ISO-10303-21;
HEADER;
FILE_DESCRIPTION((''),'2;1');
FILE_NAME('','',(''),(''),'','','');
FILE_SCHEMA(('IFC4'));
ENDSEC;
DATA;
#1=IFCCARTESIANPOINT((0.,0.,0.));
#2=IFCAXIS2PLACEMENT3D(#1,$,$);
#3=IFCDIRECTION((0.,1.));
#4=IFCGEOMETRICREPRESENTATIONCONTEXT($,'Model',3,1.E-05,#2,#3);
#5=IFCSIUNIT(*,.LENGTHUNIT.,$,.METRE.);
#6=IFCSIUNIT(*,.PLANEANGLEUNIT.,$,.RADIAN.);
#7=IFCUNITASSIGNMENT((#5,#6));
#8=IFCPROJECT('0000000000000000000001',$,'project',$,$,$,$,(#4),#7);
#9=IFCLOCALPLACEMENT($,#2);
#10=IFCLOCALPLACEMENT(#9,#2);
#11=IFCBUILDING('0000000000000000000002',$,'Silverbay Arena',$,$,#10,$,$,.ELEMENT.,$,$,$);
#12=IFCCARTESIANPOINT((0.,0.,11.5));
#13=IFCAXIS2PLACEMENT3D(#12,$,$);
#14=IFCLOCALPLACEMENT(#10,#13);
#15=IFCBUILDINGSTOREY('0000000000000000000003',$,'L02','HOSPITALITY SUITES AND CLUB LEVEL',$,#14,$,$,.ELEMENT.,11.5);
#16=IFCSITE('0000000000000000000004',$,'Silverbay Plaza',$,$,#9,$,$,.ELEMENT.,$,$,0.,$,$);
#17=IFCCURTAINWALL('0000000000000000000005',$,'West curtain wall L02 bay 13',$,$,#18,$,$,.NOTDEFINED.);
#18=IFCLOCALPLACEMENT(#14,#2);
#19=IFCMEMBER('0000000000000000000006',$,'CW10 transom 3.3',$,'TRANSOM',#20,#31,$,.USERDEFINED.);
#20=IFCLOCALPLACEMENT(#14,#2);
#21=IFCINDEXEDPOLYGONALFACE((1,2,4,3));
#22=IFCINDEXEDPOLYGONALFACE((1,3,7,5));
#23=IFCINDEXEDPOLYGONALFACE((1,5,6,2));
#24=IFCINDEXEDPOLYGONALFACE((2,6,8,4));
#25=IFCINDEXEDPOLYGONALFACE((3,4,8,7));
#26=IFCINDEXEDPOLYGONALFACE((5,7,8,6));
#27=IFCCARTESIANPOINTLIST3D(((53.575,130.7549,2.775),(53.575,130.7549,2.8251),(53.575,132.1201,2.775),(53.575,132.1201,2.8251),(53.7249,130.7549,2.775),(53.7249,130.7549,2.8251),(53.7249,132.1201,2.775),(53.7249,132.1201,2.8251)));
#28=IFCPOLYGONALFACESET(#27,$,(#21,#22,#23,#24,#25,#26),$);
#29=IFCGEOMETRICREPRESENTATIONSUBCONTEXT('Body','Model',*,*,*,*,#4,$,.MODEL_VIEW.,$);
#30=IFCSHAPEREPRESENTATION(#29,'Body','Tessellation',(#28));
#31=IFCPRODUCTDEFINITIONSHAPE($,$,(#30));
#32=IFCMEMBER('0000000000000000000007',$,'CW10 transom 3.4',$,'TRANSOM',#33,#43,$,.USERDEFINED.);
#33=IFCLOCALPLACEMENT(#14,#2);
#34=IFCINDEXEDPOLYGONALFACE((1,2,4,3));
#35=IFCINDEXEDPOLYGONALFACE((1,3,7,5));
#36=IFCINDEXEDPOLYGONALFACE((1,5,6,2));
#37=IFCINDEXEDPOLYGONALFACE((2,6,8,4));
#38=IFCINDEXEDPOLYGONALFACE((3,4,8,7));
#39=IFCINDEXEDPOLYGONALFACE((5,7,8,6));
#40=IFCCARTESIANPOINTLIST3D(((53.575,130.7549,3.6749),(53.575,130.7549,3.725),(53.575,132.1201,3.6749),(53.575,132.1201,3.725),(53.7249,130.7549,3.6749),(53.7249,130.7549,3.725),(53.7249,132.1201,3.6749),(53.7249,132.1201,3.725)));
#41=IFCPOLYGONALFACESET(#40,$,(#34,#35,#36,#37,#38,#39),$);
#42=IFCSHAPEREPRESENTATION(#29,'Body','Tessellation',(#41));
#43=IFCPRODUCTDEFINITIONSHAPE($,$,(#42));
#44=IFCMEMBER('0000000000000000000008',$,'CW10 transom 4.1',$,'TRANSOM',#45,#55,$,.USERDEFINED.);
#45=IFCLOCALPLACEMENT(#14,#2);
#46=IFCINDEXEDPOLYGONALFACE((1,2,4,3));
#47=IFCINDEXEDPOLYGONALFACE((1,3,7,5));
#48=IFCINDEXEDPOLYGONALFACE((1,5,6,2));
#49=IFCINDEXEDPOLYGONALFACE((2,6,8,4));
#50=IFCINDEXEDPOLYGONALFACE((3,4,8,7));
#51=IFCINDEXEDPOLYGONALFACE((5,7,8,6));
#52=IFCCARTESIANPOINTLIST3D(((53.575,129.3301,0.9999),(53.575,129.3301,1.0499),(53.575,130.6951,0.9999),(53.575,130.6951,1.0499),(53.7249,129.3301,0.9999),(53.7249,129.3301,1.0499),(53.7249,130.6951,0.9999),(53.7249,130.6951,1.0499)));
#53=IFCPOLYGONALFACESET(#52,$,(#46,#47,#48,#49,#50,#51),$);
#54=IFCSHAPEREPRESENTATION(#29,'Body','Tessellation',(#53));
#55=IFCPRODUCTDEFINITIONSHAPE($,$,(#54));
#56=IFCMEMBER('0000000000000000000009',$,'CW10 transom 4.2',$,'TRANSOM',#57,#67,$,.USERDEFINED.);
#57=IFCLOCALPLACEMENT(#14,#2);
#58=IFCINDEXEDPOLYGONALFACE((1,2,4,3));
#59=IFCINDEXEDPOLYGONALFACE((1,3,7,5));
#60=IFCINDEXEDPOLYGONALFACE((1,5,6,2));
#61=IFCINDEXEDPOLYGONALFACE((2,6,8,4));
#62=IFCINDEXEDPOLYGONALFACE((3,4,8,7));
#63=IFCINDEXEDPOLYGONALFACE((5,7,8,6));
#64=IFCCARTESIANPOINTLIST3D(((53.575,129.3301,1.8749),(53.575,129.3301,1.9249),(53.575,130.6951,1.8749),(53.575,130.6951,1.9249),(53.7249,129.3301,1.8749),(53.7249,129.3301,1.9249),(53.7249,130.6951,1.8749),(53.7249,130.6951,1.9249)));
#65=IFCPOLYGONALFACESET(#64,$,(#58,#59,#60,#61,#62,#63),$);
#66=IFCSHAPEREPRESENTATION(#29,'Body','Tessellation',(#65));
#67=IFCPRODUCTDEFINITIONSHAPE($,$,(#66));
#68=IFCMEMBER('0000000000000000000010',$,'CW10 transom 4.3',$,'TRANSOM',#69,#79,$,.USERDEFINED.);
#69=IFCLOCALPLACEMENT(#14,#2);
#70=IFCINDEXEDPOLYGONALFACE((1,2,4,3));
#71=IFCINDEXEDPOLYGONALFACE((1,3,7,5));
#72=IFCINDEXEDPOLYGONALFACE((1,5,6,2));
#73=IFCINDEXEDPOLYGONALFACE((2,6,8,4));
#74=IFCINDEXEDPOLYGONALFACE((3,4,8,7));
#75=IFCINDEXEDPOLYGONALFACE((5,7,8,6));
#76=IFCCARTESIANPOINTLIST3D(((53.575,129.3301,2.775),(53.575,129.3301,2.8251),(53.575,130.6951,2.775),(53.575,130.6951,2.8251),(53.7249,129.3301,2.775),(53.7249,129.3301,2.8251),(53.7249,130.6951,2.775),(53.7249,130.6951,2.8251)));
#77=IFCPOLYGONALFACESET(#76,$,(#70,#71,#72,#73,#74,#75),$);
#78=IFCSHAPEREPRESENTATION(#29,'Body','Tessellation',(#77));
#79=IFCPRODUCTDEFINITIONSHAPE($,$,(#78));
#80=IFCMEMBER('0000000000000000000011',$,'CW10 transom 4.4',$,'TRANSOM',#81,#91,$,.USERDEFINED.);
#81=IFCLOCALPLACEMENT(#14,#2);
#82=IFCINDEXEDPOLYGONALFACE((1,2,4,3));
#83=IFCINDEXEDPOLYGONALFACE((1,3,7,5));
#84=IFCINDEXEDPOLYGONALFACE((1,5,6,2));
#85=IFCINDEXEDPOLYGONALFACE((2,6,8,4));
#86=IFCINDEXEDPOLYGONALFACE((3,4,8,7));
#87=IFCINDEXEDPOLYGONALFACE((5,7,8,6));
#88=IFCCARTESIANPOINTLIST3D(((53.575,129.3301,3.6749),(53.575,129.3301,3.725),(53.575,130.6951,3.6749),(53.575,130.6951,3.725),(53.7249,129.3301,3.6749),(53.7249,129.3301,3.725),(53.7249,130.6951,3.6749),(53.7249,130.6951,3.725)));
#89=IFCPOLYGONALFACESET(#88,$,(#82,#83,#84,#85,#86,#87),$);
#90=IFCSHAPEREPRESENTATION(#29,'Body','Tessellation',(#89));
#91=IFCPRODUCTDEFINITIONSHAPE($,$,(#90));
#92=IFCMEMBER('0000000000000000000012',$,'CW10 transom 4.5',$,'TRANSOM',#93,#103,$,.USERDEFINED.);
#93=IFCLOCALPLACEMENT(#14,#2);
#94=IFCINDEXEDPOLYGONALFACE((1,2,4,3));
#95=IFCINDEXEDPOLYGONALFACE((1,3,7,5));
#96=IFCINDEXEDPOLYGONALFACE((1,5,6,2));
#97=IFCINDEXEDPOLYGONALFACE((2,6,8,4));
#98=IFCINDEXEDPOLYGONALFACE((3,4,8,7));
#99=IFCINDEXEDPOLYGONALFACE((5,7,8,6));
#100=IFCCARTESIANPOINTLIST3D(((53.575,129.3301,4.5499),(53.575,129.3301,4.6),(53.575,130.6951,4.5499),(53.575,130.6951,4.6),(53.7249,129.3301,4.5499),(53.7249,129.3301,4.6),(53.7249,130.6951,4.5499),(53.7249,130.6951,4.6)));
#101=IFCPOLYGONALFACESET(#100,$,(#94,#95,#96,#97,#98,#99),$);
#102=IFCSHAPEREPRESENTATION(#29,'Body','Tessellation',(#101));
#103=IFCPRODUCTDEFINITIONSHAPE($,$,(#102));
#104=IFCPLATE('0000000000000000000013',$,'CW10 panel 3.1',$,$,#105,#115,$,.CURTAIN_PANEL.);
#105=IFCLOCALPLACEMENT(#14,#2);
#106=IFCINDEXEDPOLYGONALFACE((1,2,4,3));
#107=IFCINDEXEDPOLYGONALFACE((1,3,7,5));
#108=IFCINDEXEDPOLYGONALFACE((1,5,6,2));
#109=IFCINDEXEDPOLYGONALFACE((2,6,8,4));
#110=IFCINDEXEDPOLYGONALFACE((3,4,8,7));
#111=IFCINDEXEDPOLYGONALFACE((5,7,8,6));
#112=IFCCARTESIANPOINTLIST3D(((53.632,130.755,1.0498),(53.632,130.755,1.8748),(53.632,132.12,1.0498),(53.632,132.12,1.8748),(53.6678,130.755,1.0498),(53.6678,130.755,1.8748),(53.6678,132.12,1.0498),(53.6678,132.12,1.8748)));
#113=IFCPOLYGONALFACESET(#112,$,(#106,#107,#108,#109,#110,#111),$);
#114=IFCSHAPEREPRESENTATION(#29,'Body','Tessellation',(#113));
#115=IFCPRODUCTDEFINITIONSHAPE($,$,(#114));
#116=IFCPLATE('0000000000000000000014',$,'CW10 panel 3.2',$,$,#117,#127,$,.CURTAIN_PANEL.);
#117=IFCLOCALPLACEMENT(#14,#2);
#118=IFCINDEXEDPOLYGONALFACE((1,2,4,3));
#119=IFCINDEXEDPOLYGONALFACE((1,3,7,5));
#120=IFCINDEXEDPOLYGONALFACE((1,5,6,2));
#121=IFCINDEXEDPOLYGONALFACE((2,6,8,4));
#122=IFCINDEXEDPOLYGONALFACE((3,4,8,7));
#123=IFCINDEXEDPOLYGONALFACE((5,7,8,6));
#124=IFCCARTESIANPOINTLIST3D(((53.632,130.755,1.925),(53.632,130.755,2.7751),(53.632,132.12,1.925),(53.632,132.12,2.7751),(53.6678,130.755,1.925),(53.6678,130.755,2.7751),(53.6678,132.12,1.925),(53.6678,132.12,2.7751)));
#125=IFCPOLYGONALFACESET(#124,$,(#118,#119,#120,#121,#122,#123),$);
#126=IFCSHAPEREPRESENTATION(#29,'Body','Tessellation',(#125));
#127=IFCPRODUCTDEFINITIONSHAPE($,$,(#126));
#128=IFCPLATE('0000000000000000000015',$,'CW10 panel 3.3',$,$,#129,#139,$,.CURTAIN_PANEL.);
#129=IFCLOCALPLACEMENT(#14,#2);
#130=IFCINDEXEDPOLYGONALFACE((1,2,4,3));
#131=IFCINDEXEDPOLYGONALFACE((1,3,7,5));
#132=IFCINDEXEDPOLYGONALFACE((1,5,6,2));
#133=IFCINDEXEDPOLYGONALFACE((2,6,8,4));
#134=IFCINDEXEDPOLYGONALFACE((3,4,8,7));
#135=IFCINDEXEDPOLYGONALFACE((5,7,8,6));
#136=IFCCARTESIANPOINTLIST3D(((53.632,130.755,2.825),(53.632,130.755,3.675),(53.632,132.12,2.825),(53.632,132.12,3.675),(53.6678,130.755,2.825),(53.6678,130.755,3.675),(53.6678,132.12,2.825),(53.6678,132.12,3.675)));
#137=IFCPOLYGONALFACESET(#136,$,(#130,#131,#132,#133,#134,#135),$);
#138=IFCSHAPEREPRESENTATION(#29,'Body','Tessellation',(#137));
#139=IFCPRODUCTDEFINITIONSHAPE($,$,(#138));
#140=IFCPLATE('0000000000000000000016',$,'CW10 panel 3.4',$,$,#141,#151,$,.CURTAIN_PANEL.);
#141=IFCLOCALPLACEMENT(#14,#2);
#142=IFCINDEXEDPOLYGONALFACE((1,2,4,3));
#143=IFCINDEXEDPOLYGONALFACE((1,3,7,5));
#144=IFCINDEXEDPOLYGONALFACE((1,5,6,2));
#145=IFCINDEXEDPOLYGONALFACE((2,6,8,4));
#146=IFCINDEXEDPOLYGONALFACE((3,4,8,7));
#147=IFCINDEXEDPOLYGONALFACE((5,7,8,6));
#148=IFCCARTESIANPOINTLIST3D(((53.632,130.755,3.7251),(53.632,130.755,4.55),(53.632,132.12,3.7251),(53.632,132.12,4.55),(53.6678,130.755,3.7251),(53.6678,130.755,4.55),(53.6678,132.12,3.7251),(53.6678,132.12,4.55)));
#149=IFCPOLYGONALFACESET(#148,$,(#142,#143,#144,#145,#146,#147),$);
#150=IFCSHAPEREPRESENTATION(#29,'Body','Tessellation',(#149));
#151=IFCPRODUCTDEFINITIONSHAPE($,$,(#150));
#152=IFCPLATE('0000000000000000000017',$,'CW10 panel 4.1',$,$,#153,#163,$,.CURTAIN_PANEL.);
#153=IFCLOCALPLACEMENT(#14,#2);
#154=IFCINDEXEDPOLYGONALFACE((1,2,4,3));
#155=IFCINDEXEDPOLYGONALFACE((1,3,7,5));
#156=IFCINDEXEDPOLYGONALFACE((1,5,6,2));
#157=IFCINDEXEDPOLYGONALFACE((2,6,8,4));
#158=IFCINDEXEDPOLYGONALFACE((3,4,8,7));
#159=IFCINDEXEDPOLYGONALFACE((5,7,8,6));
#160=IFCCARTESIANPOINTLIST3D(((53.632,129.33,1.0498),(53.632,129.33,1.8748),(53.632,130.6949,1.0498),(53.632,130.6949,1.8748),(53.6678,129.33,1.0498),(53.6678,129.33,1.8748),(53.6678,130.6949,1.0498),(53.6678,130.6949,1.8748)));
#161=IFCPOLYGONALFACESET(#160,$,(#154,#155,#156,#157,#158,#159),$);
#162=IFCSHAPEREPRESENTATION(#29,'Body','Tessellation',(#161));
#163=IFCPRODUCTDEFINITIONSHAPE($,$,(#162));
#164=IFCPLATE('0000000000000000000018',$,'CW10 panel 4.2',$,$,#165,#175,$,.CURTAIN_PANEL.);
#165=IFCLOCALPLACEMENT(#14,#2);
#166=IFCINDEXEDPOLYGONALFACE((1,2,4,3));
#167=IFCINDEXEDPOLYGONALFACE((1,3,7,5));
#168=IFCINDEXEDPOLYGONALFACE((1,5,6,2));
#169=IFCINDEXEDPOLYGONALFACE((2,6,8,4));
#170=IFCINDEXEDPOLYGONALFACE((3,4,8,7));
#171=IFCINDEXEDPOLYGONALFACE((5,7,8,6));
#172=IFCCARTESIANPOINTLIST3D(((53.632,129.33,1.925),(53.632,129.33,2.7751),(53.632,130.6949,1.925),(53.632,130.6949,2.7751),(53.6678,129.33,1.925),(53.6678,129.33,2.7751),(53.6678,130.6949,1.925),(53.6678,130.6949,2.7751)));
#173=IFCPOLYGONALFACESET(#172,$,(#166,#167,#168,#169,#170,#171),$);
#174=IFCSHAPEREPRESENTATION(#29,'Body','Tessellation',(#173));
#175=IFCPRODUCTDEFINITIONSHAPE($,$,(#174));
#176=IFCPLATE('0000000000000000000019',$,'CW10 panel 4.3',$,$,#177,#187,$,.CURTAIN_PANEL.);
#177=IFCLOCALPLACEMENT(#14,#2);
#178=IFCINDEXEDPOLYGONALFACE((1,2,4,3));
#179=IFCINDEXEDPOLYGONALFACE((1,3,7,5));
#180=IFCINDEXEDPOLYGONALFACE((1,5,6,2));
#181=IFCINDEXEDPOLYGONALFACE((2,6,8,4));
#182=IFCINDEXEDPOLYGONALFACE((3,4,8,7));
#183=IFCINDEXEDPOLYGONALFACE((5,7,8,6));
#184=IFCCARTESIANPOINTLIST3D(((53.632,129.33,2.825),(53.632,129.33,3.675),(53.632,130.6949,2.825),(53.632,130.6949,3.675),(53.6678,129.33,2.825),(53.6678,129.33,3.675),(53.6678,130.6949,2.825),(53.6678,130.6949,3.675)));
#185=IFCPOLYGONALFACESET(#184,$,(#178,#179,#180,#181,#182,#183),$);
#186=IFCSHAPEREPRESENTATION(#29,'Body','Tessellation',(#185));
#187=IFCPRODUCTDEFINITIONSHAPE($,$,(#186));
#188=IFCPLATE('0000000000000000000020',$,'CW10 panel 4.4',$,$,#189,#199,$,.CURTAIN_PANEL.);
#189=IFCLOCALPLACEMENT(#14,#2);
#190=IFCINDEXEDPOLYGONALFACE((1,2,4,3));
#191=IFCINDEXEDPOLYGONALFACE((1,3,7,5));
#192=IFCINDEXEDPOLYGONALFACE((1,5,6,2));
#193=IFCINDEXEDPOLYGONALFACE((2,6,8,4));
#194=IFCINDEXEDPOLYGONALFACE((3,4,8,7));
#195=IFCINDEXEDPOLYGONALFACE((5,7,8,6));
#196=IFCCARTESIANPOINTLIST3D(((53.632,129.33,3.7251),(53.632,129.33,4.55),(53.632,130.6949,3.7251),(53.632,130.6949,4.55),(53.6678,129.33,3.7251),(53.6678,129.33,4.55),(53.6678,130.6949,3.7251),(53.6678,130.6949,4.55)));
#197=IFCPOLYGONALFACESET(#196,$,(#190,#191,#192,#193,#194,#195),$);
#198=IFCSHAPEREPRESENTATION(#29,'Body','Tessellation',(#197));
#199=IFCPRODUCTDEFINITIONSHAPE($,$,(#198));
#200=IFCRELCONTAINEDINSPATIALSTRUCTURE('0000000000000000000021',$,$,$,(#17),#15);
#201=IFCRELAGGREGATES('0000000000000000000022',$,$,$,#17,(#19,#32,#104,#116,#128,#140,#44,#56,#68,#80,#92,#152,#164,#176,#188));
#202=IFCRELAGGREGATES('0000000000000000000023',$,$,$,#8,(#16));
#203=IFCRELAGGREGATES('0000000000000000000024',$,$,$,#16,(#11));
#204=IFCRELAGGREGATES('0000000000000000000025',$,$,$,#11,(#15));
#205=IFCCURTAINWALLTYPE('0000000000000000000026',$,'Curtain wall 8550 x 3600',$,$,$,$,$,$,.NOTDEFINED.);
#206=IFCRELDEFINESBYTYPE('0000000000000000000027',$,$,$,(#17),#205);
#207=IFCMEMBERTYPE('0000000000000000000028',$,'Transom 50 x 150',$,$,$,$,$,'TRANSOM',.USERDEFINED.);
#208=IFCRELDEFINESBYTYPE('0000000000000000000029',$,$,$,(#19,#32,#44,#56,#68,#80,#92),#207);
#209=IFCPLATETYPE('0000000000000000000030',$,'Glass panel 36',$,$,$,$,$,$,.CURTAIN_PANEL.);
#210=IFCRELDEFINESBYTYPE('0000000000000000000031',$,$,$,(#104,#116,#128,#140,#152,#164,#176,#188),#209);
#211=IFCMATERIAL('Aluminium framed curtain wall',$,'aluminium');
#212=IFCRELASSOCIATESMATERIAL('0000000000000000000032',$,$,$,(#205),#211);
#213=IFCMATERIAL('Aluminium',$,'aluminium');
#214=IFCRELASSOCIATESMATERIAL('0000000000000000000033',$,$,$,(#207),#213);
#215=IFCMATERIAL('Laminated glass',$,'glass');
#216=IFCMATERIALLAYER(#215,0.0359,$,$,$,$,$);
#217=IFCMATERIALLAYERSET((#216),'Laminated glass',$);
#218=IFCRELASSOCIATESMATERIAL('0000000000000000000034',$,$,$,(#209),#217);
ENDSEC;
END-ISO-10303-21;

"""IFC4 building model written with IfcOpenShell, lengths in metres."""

from ifc_helpers import new_model, si_unit, direction, frame, origin, origin_2d, place, context, subcontext, project, spatial, rectangle, extrude, material, layer, layer_set, material_profile, profile_set, type_object, element, aggregate, save


model = new_model("IFC4")

# Units and contexts
model_context = context("Model", 3, precision=1e-05, world=origin(), true_north=direction((0.0, 1.0)))
body_context = subcontext(model_context, "Body", "Model", "MODEL_VIEW")
ifc_project = project(units=[si_unit("LENGTHUNIT", "METRE"), si_unit("PLANEANGLEUNIT", "RADIAN")], contexts=[model_context])

# Site, building, storey
site_placement = place(None, origin())
site = spatial("IfcSite", under=ifc_project, at=site_placement, Name="Silverbay Plaza", CompositionType="ELEMENT", RefElevation=0.0)
building_placement = place(site_placement, origin())
building = spatial("IfcBuilding", under=site, at=building_placement, Name="Silverbay Arena", CompositionType="ELEMENT")
storey_placement = place(building_placement, frame((0.0, 0.0, 11.5)))
storey = spatial("IfcBuildingStorey", under=building, at=storey_placement, Name="L02", Description="HOSPITALITY SUITES AND CLUB LEVEL", CompositionType="ELEMENT", Elevation=11.5)

# Curtain wall
ifc_material_1 = material(Name="Aluminium framed curtain wall", Category="aluminium")
curtain_wall_type = type_object("IfcCurtainWallType", Name="Curtain wall 8550 x 3600", PredefinedType="NOTDEFINED", material=ifc_material_1)
curtain_wall_placement = place(storey_placement, origin())
curtain_wall = element("IfcCurtainWall", 1, at=curtain_wall_placement, inside=storey, type_object=curtain_wall_type, Name="West curtain wall L02 bay 13", PredefinedType="NOTDEFINED")

# Members
ifc_material_2 = material(Name="Aluminium", Category="aluminium")
ifc_material_profile_1 = material_profile(ifc_material_2, rectangle(XDim=0.1499, YDim=0.05, at=origin_2d()), Name="Transom 50 x 150")
ifc_profile_set_1 = profile_set([ifc_material_profile_1], Name="Aluminium")
member_type_1 = type_object("IfcMemberType", Name="Transom 50 x 150", ElementType="TRANSOM", PredefinedType="USERDEFINED", material=ifc_profile_set_1)
member_1_placement = place(storey_placement, frame((53.6499, 132.1201, 2.8), z_axis=(0.0, -1.0, 0.0), x_axis=(1.0, 0.0, 0.0)))
member_1 = element("IfcMember", 2, at=member_1_placement, type_object=member_type_1, Name="CW10 transom 3.3", ObjectType="TRANSOM", PredefinedType="USERDEFINED", context=body_context, shape_type="SweptSolid", body=[
    extrude(rectangle(XDim=0.1499, YDim=0.05, at=origin_2d()), origin(), (0.0, 0.0, 1.0), 1.3652),
])
member_2_placement = place(storey_placement, frame((53.6499, 132.1201, 3.7), z_axis=(0.0, -1.0, 0.0), x_axis=(1.0, 0.0, 0.0)))
member_2 = element("IfcMember", 3, at=member_2_placement, type_object=member_type_1, Name="CW10 transom 3.4", ObjectType="TRANSOM", PredefinedType="USERDEFINED", context=body_context, shape_type="SweptSolid", body=[
    extrude(rectangle(XDim=0.1499, YDim=0.05, at=origin_2d()), origin(), (0.0, 0.0, 1.0), 1.3652),
])
member_3_placement = place(storey_placement, frame((53.6499, 130.6951, 1.0249), z_axis=(0.0, -1.0, 0.0), x_axis=(1.0, 0.0, 0.0)))
member_3 = element("IfcMember", 4, at=member_3_placement, type_object=member_type_1, Name="CW10 transom 4.1", ObjectType="TRANSOM", PredefinedType="USERDEFINED", context=body_context, shape_type="SweptSolid", body=[
    extrude(rectangle(XDim=0.1499, YDim=0.05, at=origin_2d()), origin(), (0.0, 0.0, 1.0), 1.365),
])
member_4_placement = place(storey_placement, frame((53.6499, 130.6951, 1.8999), z_axis=(0.0, -1.0, 0.0), x_axis=(1.0, 0.0, 0.0)))
member_4 = element("IfcMember", 5, at=member_4_placement, type_object=member_type_1, Name="CW10 transom 4.2", ObjectType="TRANSOM", PredefinedType="USERDEFINED", context=body_context, shape_type="SweptSolid", body=[
    extrude(rectangle(XDim=0.1499, YDim=0.05, at=origin_2d()), origin(), (0.0, 0.0, 1.0), 1.365),
])
member_5_placement = place(storey_placement, frame((53.6499, 130.6951, 2.8), z_axis=(0.0, -1.0, 0.0), x_axis=(1.0, 0.0, 0.0)))
member_5 = element("IfcMember", 6, at=member_5_placement, type_object=member_type_1, Name="CW10 transom 4.3", ObjectType="TRANSOM", PredefinedType="USERDEFINED", context=body_context, shape_type="SweptSolid", body=[
    extrude(rectangle(XDim=0.1499, YDim=0.05, at=origin_2d()), origin(), (0.0, 0.0, 1.0), 1.365),
])
member_6_placement = place(storey_placement, frame((53.6499, 130.6951, 3.7), z_axis=(0.0, -1.0, 0.0), x_axis=(1.0, 0.0, 0.0)))
member_6 = element("IfcMember", 7, at=member_6_placement, type_object=member_type_1, Name="CW10 transom 4.4", ObjectType="TRANSOM", PredefinedType="USERDEFINED", context=body_context, shape_type="SweptSolid", body=[
    extrude(rectangle(XDim=0.1499, YDim=0.05, at=origin_2d()), origin(), (0.0, 0.0, 1.0), 1.365),
])
member_7_placement = place(storey_placement, frame((53.6499, 130.6951, 4.575), z_axis=(0.0, -1.0, 0.0), x_axis=(1.0, 0.0, 0.0)))
member_7 = element("IfcMember", 8, at=member_7_placement, type_object=member_type_1, Name="CW10 transom 4.5", ObjectType="TRANSOM", PredefinedType="USERDEFINED", context=body_context, shape_type="SweptSolid", body=[
    extrude(rectangle(XDim=0.1499, YDim=0.05, at=origin_2d()), origin(), (0.0, 0.0, 1.0), 1.365),
])

# Plates
ifc_material_3 = material(Name="Laminated glass", Category="glass")
ifc_layer_1 = layer(ifc_material_3, 0.0359)
ifc_layer_set_1 = layer_set([ifc_layer_1], Name="Laminated glass")
plate_type = type_object("IfcPlateType", Name="Glass panel 36", PredefinedType="CURTAIN_PANEL", material=ifc_layer_set_1)
plate_1_placement = place(storey_placement, frame((53.6499, 131.4375, 1.0498), z_axis=(0.0, 0.0, 1.0), x_axis=(0.0, -1.0, 0.0)))
plate_1 = element("IfcPlate", 9, at=plate_1_placement, type_object=plate_type, Name="CW10 panel 3.1", PredefinedType="CURTAIN_PANEL", context=body_context, shape_type="SweptSolid", body=[
    extrude(rectangle(XDim=1.365, YDim=0.0359, at=origin_2d()), origin(), (0.0, 0.0, 1.0), 0.825),
])
plate_2_placement = place(storey_placement, frame((53.6499, 131.4375, 1.925), z_axis=(0.0, 0.0, 1.0), x_axis=(0.0, -1.0, 0.0)))
plate_2 = element("IfcPlate", 10, at=plate_2_placement, type_object=plate_type, Name="CW10 panel 3.2", PredefinedType="CURTAIN_PANEL", context=body_context, shape_type="SweptSolid", body=[
    extrude(rectangle(XDim=1.365, YDim=0.0359, at=origin_2d()), origin(), (0.0, 0.0, 1.0), 0.8501),
])
plate_3_placement = place(storey_placement, frame((53.6499, 131.4375, 2.825), z_axis=(0.0, 0.0, 1.0), x_axis=(0.0, -1.0, 0.0)))
plate_3 = element("IfcPlate", 11, at=plate_3_placement, type_object=plate_type, Name="CW10 panel 3.3", PredefinedType="CURTAIN_PANEL", context=body_context, shape_type="SweptSolid", body=[
    extrude(rectangle(XDim=1.365, YDim=0.0359, at=origin_2d()), origin(), (0.0, 0.0, 1.0), 0.8501),
])
plate_4_placement = place(storey_placement, frame((53.6499, 131.4375, 3.7251), z_axis=(0.0, 0.0, 1.0), x_axis=(0.0, -1.0, 0.0)))
plate_4 = element("IfcPlate", 12, at=plate_4_placement, type_object=plate_type, Name="CW10 panel 3.4", PredefinedType="CURTAIN_PANEL", context=body_context, shape_type="SweptSolid", body=[
    extrude(rectangle(XDim=1.365, YDim=0.0359, at=origin_2d()), origin(), (0.0, 0.0, 1.0), 0.825),
])
plate_5_placement = place(storey_placement, frame((53.6499, 130.0125, 1.0498), z_axis=(0.0, 0.0, 1.0), x_axis=(0.0, -1.0, 0.0)))
plate_5 = element("IfcPlate", 13, at=plate_5_placement, type_object=plate_type, Name="CW10 panel 4.1", PredefinedType="CURTAIN_PANEL", context=body_context, shape_type="SweptSolid", body=[
    extrude(rectangle(XDim=1.365, YDim=0.0359, at=origin_2d()), origin(), (0.0, 0.0, 1.0), 0.825),
])
plate_6_placement = place(storey_placement, frame((53.6499, 130.0125, 1.925), z_axis=(0.0, 0.0, 1.0), x_axis=(0.0, -1.0, 0.0)))
plate_6 = element("IfcPlate", 14, at=plate_6_placement, type_object=plate_type, Name="CW10 panel 4.2", PredefinedType="CURTAIN_PANEL", context=body_context, shape_type="SweptSolid", body=[
    extrude(rectangle(XDim=1.365, YDim=0.0359, at=origin_2d()), origin(), (0.0, 0.0, 1.0), 0.8501),
])
plate_7_placement = place(storey_placement, frame((53.6499, 130.0125, 2.825), z_axis=(0.0, 0.0, 1.0), x_axis=(0.0, -1.0, 0.0)))
plate_7 = element("IfcPlate", 15, at=plate_7_placement, type_object=plate_type, Name="CW10 panel 4.3", PredefinedType="CURTAIN_PANEL", context=body_context, shape_type="SweptSolid", body=[
    extrude(rectangle(XDim=1.365, YDim=0.0359, at=origin_2d()), origin(), (0.0, 0.0, 1.0), 0.8501),
])
plate_8_placement = place(storey_placement, frame((53.6499, 130.0125, 3.7251), z_axis=(0.0, 0.0, 1.0), x_axis=(0.0, -1.0, 0.0)))
plate_8 = element("IfcPlate", 16, at=plate_8_placement, type_object=plate_type, Name="CW10 panel 4.4", PredefinedType="CURTAIN_PANEL", context=body_context, shape_type="SweptSolid", body=[
    extrude(rectangle(XDim=1.365, YDim=0.0359, at=origin_2d()), origin(), (0.0, 0.0, 1.0), 0.825),
])
aggregate(curtain_wall, [member_1, member_2, plate_1, plate_2, plate_3, plate_4, member_3, member_4, member_5, member_6, member_7, plate_5, plate_6, plate_7, plate_8])

save(model, "model.ifc")
